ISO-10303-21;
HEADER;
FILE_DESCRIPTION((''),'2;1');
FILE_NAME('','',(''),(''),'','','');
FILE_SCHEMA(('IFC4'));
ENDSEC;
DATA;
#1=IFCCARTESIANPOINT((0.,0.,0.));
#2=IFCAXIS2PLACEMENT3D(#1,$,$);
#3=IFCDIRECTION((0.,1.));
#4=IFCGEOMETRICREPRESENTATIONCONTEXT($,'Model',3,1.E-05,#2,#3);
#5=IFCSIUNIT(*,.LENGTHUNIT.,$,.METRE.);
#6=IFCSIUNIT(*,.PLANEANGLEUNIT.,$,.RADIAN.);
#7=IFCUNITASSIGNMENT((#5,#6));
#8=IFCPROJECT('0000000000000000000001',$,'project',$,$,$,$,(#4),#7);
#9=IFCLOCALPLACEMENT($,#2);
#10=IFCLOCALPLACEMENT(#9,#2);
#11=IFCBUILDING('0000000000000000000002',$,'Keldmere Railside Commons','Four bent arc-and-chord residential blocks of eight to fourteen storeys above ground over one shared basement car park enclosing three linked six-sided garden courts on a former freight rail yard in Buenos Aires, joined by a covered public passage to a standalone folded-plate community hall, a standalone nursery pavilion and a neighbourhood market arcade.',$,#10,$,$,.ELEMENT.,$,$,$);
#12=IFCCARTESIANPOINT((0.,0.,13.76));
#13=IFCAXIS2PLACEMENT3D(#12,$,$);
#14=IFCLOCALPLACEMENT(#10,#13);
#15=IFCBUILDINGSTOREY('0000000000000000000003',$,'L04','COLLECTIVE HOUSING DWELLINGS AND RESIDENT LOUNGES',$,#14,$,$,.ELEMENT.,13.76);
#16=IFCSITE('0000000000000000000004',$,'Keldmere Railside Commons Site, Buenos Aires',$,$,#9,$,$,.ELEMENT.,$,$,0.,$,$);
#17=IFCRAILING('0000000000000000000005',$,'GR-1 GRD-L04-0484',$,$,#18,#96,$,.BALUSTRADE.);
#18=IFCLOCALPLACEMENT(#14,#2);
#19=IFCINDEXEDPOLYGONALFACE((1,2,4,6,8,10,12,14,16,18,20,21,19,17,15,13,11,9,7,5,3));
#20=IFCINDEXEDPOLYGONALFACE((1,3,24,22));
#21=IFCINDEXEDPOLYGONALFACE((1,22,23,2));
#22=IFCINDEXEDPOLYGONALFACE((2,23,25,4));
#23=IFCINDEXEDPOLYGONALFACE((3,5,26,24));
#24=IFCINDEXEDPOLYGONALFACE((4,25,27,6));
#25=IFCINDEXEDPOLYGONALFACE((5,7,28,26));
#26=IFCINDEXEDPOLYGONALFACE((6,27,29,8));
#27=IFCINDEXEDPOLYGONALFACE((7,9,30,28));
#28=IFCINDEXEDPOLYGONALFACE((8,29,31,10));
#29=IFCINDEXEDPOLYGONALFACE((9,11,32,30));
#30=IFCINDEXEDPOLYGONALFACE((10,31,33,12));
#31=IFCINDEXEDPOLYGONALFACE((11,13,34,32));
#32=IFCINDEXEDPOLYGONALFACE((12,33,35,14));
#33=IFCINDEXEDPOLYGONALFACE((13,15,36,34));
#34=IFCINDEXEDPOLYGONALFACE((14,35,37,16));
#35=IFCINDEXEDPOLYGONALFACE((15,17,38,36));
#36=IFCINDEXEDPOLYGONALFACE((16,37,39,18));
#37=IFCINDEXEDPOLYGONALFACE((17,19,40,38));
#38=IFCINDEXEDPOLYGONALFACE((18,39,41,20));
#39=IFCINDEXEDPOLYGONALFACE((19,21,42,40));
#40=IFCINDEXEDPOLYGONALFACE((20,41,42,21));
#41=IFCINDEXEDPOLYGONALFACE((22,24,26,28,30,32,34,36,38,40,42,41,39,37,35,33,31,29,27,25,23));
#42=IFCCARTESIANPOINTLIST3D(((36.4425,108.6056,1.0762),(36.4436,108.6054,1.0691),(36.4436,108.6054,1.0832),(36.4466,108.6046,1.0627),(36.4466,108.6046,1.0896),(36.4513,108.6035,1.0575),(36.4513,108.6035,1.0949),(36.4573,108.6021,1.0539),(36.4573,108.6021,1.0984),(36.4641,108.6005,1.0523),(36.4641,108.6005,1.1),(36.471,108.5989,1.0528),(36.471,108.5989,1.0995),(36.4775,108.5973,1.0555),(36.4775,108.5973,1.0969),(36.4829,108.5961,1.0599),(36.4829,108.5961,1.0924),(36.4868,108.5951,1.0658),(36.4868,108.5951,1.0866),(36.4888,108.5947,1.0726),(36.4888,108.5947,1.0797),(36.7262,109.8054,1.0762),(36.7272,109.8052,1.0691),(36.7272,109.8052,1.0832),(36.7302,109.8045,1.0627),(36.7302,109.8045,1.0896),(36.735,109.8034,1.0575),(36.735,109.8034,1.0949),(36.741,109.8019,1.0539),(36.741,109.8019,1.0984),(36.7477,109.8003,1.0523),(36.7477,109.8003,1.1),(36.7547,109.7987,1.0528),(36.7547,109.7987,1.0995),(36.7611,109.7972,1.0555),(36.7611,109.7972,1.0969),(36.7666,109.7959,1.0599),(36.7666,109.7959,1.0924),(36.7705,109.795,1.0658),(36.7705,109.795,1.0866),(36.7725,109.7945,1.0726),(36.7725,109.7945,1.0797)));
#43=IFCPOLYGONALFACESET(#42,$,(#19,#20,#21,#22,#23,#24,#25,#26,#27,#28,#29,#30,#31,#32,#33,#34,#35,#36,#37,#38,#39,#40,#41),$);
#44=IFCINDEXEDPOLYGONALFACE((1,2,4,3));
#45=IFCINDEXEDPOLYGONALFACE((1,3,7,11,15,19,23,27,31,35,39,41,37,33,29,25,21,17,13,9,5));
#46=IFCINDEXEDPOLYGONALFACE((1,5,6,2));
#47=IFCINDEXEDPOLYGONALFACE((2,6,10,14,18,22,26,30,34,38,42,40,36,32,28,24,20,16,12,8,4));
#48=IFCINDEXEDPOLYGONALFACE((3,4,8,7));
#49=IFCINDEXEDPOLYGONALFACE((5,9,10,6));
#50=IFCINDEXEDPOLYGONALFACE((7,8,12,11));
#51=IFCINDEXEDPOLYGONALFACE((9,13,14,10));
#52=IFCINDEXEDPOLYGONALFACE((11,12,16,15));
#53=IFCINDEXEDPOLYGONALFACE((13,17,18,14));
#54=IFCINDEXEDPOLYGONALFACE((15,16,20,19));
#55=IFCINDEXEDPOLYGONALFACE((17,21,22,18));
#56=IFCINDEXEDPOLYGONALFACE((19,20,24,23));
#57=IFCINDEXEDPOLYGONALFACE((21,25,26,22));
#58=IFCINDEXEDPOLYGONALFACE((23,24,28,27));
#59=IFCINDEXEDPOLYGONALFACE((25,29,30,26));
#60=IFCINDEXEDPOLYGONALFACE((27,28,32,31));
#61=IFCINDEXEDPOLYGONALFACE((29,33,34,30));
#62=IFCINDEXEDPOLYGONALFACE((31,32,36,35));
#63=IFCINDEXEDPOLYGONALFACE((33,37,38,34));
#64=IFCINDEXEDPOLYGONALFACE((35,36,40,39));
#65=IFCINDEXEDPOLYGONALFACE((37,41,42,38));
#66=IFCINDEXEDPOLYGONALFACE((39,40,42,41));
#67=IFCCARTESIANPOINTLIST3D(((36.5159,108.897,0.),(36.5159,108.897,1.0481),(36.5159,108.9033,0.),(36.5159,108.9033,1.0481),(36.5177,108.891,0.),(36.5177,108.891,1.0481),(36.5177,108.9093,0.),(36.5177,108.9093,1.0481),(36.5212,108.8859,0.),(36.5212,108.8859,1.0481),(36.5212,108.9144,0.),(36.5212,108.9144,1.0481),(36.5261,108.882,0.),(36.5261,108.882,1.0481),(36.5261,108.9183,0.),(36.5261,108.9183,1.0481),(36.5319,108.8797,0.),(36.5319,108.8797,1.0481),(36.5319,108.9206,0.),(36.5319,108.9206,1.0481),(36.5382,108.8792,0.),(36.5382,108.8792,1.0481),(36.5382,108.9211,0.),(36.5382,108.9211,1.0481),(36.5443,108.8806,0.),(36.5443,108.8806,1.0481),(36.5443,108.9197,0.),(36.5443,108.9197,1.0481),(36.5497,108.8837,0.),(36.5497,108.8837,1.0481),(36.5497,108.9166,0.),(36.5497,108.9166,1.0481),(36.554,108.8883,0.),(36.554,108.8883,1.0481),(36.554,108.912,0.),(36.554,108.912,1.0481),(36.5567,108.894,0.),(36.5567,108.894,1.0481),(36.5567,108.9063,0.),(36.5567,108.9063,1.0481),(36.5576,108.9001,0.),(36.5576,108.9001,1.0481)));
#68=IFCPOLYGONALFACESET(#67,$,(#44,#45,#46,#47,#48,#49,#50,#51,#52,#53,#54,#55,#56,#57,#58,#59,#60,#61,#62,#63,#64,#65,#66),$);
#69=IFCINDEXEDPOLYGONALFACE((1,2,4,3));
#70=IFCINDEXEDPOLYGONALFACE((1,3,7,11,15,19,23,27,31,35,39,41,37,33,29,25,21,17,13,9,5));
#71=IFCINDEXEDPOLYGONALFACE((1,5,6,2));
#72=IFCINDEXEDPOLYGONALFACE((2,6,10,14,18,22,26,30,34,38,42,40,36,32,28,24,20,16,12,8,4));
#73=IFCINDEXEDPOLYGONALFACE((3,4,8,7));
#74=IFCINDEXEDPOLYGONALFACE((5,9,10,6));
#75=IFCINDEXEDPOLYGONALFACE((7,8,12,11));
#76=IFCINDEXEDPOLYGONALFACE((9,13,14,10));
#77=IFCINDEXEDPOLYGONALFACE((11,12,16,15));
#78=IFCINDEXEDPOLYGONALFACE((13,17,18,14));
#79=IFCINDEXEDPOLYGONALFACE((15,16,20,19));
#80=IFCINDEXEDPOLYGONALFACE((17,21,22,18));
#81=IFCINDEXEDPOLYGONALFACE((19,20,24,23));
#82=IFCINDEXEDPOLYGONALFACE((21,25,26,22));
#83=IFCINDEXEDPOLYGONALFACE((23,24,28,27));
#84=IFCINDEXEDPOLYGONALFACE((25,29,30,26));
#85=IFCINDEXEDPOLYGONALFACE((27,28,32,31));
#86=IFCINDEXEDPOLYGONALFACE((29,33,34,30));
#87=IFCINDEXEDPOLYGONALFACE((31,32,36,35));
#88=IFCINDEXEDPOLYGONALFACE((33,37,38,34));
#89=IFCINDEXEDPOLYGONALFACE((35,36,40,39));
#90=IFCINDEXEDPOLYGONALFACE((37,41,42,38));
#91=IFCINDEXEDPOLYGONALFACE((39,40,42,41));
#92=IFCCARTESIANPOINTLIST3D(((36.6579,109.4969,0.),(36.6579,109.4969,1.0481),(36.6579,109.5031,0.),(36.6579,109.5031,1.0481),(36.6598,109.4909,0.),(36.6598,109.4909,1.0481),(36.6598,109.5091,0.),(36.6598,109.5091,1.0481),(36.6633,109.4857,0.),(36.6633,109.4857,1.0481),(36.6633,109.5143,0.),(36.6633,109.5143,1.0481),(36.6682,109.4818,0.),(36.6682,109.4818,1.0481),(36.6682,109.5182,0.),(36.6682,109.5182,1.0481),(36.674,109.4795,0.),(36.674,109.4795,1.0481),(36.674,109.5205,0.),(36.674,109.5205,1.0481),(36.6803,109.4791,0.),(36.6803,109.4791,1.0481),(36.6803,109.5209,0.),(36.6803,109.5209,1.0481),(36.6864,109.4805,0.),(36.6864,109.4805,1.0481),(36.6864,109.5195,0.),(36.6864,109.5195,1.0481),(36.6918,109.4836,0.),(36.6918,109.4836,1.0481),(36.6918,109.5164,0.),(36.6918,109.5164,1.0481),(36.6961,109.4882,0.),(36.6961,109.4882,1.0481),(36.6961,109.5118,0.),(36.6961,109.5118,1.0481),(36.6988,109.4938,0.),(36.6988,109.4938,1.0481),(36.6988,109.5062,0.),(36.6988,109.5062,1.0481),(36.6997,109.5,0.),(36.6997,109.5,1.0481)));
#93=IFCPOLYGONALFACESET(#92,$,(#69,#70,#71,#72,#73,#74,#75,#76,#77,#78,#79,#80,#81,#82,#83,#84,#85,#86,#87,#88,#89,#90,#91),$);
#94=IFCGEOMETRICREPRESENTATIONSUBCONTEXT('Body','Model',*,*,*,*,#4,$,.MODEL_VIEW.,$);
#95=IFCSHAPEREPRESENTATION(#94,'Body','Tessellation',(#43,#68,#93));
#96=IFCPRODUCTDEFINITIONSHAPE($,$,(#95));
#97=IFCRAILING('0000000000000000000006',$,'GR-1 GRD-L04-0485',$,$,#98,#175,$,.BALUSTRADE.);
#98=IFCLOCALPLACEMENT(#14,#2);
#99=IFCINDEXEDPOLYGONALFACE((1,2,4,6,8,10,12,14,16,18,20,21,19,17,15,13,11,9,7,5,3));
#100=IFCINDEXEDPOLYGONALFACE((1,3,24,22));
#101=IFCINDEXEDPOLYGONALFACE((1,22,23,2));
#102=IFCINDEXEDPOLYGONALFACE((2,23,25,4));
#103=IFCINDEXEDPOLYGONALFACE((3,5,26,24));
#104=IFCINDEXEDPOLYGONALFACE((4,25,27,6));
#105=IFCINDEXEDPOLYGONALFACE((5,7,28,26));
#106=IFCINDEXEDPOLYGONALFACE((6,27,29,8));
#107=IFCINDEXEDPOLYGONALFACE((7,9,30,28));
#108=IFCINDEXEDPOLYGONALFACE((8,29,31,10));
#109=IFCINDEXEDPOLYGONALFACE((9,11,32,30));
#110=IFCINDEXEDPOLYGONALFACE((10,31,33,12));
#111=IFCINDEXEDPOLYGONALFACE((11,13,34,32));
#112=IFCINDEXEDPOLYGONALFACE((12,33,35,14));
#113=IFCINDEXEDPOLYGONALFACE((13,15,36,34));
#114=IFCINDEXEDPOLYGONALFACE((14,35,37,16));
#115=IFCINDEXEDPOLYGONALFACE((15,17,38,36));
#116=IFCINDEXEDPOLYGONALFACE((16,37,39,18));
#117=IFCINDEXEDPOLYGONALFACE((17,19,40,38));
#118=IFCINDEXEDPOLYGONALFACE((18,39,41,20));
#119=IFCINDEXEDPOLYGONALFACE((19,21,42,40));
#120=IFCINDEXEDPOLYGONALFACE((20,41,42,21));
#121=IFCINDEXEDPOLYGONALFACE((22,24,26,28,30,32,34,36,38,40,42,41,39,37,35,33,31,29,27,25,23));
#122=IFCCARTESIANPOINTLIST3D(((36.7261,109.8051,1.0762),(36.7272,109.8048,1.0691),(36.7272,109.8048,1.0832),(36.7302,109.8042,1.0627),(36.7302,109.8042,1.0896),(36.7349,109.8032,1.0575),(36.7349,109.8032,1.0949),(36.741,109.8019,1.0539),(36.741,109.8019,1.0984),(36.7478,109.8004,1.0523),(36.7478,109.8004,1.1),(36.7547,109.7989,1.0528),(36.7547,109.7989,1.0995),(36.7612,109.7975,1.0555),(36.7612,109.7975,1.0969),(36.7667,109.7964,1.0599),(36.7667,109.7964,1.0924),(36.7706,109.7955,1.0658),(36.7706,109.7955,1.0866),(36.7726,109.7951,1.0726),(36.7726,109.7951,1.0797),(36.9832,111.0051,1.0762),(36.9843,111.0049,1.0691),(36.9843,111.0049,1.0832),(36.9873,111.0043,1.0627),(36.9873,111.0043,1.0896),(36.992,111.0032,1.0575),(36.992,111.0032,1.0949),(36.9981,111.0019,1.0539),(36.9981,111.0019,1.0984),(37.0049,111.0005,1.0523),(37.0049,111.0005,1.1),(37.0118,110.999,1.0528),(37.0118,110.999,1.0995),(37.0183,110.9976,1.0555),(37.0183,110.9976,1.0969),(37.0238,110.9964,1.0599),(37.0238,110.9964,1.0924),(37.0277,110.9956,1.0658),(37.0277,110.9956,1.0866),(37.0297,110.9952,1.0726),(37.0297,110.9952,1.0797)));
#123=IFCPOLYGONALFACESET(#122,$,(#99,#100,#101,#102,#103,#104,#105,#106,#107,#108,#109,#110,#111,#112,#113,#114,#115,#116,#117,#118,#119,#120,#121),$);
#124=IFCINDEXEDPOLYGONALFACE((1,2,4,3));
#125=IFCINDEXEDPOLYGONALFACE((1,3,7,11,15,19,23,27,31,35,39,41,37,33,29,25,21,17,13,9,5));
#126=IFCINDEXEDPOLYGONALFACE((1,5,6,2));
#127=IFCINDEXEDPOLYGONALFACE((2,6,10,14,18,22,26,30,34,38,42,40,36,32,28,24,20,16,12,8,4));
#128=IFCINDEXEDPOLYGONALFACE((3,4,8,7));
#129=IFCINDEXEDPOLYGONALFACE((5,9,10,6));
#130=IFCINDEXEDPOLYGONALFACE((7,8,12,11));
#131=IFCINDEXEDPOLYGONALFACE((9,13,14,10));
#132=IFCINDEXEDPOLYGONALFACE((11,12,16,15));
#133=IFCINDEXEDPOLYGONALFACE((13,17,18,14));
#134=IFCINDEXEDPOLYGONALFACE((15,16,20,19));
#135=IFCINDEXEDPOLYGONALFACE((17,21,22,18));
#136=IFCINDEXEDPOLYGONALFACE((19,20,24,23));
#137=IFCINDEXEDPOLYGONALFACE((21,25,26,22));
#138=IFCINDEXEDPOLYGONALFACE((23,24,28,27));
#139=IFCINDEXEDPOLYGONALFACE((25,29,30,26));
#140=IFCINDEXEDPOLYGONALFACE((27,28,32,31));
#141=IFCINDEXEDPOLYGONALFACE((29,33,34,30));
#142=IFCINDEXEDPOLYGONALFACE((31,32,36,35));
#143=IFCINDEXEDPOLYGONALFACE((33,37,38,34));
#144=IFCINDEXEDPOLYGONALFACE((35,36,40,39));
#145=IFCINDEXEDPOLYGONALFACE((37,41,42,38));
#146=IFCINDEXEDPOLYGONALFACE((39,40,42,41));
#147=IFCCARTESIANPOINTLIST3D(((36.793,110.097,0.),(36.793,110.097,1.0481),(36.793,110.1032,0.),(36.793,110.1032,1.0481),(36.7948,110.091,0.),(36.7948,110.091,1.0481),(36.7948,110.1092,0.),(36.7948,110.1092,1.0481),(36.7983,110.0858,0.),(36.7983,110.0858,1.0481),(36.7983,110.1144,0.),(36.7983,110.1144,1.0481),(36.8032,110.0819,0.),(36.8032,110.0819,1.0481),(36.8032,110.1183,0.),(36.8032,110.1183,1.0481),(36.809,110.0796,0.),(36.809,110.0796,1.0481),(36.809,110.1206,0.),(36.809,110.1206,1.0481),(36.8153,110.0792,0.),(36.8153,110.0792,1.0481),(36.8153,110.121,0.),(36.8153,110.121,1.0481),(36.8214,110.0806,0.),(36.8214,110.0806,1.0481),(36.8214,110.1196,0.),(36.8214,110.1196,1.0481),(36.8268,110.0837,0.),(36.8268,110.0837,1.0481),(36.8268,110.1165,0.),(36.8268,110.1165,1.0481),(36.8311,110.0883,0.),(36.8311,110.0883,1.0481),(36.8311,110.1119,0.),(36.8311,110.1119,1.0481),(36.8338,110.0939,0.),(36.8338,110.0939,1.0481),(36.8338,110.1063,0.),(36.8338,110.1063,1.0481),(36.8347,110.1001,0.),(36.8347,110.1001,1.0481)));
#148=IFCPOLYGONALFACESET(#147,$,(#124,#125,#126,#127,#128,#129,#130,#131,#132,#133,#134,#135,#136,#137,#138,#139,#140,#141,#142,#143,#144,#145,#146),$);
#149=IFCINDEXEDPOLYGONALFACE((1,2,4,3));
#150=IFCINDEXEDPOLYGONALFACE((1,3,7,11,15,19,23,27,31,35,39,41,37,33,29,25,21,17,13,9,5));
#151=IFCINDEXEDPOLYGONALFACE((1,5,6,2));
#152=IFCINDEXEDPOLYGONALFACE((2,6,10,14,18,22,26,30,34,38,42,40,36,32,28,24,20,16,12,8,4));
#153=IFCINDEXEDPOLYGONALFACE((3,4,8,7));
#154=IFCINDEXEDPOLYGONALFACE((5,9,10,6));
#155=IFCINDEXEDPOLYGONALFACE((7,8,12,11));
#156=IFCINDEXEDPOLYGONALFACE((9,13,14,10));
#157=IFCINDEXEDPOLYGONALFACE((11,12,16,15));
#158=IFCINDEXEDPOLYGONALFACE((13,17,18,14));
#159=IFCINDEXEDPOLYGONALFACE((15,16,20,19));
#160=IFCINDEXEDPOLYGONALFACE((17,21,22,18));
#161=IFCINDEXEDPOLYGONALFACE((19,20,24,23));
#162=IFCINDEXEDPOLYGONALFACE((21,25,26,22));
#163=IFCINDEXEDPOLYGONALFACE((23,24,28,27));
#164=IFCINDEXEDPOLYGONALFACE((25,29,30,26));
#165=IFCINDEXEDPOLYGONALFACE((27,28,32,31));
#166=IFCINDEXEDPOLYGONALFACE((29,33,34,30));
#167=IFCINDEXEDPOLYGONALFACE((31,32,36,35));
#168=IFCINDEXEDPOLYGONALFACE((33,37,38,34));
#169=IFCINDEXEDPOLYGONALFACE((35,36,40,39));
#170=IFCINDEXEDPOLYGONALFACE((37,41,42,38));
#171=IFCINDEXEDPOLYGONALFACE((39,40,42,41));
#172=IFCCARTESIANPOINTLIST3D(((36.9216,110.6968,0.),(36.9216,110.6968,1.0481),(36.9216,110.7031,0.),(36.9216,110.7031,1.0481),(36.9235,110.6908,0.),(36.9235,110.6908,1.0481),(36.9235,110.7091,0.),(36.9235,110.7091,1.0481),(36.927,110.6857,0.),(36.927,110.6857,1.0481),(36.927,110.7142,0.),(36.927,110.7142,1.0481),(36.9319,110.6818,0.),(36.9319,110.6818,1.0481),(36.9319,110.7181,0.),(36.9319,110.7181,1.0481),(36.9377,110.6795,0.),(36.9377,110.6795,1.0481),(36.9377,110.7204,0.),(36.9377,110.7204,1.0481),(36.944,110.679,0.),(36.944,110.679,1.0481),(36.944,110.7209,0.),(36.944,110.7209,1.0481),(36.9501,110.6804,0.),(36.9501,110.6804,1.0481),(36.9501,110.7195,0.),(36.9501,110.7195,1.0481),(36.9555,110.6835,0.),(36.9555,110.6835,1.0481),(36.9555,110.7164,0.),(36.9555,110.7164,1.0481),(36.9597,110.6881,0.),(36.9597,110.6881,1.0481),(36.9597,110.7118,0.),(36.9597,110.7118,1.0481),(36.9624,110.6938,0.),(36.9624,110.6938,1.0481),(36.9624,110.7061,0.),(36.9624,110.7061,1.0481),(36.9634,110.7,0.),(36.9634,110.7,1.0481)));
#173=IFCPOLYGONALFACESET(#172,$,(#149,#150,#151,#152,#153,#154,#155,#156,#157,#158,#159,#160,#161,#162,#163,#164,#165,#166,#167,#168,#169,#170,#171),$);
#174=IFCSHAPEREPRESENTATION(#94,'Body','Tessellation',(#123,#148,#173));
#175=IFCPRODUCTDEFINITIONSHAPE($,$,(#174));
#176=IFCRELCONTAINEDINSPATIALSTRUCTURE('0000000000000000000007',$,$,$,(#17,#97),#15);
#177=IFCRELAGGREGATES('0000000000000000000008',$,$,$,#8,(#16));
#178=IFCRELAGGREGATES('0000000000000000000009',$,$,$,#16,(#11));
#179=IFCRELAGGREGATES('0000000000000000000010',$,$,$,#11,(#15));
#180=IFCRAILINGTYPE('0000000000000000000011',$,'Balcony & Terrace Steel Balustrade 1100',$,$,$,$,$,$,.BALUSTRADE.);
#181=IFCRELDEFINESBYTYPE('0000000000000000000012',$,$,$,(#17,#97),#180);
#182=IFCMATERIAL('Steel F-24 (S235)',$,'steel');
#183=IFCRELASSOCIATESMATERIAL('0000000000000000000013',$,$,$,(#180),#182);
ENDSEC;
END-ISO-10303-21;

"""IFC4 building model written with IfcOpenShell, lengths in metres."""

from ifc_helpers import new_model, si_unit, direction, frame, origin, origin_2d, place, context, subcontext, project, spatial, circle, extrude, material, type_object, element, save


model = new_model("IFC4")

# Units and contexts
model_context = context("Model", 3, precision=1e-05, world=origin(), true_north=direction((0.0, 1.0)))
body_context = subcontext(model_context, "Body", "Model", "MODEL_VIEW")
ifc_project = project(units=[si_unit("LENGTHUNIT", "METRE"), si_unit("PLANEANGLEUNIT", "RADIAN")], contexts=[model_context])

# Site, building, storey
site_placement = place(None, origin())
site = spatial("IfcSite", under=ifc_project, at=site_placement, Name="Keldmere Railside Commons Site, Buenos Aires", CompositionType="ELEMENT", RefElevation=0.0)
building_placement = place(site_placement, origin())
building = spatial("IfcBuilding", under=site, at=building_placement, Name="Keldmere Railside Commons", Description="Four bent arc-and-chord residential blocks of eight to fourteen storeys above ground over one shared basement car park enclosing three linked six-sided garden courts on a former freight rail yard in Buenos Aires, joined by a covered public passage to a standalone folded-plate community hall, a standalone nursery pavilion and a neighbourhood market arcade.", CompositionType="ELEMENT")
storey_placement = place(building_placement, frame((0.0, 0.0, 13.76)))
storey = spatial("IfcBuildingStorey", under=building, at=storey_placement, Name="L04", Description="COLLECTIVE HOUSING DWELLINGS AND RESIDENT LOUNGES", CompositionType="ELEMENT", Elevation=13.76)

# Railings
ifc_material_1 = material(Name="Steel F-24 (S235)", Category="steel")
railing_type = type_object("IfcRailingType", Name="Balcony & Terrace Steel Balustrade 1100", PredefinedType="BALUSTRADE", material=ifc_material_1)
railing_1_placement = place(storey_placement, frame((36.4658, 108.6001, 0.0)))
element("IfcRailing", 1, at=railing_1_placement, inside=storey, type_object=railing_type, Name="GR-1 GRD-L04-0484", PredefinedType="BALUSTRADE", context=body_context, shape_type="SweptSolid", body=[
    extrude(circle(Radius=0.0239, at=origin_2d()), frame((0.0, 0.0, 1.0762), z_axis=(0.230077, 0.973173, 0.0), x_axis=(-0.973173, 0.230077, 0.0)), (0.0, 0.0, 1.0), 1.2329),
    extrude(circle(Radius=0.021, at=origin_2d()), frame((0.0708, 0.3, 0.0)), (0.0, 0.0, 1.0), 1.0481),
    extrude(circle(Radius=0.021, at=origin_2d()), frame((0.2129, 0.8999, 0.0)), (0.0, 0.0, 1.0), 1.0481),
])
railing_2_placement = place(storey_placement, frame((36.7495, 109.8, 0.0)))
element("IfcRailing", 2, at=railing_2_placement, inside=storey, type_object=railing_type, Name="GR-1 GRD-L04-0485", PredefinedType="BALUSTRADE", context=body_context, shape_type="SweptSolid", body=[
    extrude(circle(Radius=0.0239, at=origin_2d()), frame((0.0, 0.0, 1.0762), z_axis=(0.209488, 0.977811, 0.0), x_axis=(-0.977811, 0.209488, 0.0)), (0.0, 0.0, 1.0), 1.2273),
    extrude(circle(Radius=0.021, at=origin_2d()), frame((0.0642, 0.3, 0.0)), (0.0, 0.0, 1.0), 1.0481),
    extrude(circle(Radius=0.021, at=origin_2d()), frame((0.1929, 0.8999, 0.0)), (0.0, 0.0, 1.0), 1.0481),
])

save(model, "model.ifc")
